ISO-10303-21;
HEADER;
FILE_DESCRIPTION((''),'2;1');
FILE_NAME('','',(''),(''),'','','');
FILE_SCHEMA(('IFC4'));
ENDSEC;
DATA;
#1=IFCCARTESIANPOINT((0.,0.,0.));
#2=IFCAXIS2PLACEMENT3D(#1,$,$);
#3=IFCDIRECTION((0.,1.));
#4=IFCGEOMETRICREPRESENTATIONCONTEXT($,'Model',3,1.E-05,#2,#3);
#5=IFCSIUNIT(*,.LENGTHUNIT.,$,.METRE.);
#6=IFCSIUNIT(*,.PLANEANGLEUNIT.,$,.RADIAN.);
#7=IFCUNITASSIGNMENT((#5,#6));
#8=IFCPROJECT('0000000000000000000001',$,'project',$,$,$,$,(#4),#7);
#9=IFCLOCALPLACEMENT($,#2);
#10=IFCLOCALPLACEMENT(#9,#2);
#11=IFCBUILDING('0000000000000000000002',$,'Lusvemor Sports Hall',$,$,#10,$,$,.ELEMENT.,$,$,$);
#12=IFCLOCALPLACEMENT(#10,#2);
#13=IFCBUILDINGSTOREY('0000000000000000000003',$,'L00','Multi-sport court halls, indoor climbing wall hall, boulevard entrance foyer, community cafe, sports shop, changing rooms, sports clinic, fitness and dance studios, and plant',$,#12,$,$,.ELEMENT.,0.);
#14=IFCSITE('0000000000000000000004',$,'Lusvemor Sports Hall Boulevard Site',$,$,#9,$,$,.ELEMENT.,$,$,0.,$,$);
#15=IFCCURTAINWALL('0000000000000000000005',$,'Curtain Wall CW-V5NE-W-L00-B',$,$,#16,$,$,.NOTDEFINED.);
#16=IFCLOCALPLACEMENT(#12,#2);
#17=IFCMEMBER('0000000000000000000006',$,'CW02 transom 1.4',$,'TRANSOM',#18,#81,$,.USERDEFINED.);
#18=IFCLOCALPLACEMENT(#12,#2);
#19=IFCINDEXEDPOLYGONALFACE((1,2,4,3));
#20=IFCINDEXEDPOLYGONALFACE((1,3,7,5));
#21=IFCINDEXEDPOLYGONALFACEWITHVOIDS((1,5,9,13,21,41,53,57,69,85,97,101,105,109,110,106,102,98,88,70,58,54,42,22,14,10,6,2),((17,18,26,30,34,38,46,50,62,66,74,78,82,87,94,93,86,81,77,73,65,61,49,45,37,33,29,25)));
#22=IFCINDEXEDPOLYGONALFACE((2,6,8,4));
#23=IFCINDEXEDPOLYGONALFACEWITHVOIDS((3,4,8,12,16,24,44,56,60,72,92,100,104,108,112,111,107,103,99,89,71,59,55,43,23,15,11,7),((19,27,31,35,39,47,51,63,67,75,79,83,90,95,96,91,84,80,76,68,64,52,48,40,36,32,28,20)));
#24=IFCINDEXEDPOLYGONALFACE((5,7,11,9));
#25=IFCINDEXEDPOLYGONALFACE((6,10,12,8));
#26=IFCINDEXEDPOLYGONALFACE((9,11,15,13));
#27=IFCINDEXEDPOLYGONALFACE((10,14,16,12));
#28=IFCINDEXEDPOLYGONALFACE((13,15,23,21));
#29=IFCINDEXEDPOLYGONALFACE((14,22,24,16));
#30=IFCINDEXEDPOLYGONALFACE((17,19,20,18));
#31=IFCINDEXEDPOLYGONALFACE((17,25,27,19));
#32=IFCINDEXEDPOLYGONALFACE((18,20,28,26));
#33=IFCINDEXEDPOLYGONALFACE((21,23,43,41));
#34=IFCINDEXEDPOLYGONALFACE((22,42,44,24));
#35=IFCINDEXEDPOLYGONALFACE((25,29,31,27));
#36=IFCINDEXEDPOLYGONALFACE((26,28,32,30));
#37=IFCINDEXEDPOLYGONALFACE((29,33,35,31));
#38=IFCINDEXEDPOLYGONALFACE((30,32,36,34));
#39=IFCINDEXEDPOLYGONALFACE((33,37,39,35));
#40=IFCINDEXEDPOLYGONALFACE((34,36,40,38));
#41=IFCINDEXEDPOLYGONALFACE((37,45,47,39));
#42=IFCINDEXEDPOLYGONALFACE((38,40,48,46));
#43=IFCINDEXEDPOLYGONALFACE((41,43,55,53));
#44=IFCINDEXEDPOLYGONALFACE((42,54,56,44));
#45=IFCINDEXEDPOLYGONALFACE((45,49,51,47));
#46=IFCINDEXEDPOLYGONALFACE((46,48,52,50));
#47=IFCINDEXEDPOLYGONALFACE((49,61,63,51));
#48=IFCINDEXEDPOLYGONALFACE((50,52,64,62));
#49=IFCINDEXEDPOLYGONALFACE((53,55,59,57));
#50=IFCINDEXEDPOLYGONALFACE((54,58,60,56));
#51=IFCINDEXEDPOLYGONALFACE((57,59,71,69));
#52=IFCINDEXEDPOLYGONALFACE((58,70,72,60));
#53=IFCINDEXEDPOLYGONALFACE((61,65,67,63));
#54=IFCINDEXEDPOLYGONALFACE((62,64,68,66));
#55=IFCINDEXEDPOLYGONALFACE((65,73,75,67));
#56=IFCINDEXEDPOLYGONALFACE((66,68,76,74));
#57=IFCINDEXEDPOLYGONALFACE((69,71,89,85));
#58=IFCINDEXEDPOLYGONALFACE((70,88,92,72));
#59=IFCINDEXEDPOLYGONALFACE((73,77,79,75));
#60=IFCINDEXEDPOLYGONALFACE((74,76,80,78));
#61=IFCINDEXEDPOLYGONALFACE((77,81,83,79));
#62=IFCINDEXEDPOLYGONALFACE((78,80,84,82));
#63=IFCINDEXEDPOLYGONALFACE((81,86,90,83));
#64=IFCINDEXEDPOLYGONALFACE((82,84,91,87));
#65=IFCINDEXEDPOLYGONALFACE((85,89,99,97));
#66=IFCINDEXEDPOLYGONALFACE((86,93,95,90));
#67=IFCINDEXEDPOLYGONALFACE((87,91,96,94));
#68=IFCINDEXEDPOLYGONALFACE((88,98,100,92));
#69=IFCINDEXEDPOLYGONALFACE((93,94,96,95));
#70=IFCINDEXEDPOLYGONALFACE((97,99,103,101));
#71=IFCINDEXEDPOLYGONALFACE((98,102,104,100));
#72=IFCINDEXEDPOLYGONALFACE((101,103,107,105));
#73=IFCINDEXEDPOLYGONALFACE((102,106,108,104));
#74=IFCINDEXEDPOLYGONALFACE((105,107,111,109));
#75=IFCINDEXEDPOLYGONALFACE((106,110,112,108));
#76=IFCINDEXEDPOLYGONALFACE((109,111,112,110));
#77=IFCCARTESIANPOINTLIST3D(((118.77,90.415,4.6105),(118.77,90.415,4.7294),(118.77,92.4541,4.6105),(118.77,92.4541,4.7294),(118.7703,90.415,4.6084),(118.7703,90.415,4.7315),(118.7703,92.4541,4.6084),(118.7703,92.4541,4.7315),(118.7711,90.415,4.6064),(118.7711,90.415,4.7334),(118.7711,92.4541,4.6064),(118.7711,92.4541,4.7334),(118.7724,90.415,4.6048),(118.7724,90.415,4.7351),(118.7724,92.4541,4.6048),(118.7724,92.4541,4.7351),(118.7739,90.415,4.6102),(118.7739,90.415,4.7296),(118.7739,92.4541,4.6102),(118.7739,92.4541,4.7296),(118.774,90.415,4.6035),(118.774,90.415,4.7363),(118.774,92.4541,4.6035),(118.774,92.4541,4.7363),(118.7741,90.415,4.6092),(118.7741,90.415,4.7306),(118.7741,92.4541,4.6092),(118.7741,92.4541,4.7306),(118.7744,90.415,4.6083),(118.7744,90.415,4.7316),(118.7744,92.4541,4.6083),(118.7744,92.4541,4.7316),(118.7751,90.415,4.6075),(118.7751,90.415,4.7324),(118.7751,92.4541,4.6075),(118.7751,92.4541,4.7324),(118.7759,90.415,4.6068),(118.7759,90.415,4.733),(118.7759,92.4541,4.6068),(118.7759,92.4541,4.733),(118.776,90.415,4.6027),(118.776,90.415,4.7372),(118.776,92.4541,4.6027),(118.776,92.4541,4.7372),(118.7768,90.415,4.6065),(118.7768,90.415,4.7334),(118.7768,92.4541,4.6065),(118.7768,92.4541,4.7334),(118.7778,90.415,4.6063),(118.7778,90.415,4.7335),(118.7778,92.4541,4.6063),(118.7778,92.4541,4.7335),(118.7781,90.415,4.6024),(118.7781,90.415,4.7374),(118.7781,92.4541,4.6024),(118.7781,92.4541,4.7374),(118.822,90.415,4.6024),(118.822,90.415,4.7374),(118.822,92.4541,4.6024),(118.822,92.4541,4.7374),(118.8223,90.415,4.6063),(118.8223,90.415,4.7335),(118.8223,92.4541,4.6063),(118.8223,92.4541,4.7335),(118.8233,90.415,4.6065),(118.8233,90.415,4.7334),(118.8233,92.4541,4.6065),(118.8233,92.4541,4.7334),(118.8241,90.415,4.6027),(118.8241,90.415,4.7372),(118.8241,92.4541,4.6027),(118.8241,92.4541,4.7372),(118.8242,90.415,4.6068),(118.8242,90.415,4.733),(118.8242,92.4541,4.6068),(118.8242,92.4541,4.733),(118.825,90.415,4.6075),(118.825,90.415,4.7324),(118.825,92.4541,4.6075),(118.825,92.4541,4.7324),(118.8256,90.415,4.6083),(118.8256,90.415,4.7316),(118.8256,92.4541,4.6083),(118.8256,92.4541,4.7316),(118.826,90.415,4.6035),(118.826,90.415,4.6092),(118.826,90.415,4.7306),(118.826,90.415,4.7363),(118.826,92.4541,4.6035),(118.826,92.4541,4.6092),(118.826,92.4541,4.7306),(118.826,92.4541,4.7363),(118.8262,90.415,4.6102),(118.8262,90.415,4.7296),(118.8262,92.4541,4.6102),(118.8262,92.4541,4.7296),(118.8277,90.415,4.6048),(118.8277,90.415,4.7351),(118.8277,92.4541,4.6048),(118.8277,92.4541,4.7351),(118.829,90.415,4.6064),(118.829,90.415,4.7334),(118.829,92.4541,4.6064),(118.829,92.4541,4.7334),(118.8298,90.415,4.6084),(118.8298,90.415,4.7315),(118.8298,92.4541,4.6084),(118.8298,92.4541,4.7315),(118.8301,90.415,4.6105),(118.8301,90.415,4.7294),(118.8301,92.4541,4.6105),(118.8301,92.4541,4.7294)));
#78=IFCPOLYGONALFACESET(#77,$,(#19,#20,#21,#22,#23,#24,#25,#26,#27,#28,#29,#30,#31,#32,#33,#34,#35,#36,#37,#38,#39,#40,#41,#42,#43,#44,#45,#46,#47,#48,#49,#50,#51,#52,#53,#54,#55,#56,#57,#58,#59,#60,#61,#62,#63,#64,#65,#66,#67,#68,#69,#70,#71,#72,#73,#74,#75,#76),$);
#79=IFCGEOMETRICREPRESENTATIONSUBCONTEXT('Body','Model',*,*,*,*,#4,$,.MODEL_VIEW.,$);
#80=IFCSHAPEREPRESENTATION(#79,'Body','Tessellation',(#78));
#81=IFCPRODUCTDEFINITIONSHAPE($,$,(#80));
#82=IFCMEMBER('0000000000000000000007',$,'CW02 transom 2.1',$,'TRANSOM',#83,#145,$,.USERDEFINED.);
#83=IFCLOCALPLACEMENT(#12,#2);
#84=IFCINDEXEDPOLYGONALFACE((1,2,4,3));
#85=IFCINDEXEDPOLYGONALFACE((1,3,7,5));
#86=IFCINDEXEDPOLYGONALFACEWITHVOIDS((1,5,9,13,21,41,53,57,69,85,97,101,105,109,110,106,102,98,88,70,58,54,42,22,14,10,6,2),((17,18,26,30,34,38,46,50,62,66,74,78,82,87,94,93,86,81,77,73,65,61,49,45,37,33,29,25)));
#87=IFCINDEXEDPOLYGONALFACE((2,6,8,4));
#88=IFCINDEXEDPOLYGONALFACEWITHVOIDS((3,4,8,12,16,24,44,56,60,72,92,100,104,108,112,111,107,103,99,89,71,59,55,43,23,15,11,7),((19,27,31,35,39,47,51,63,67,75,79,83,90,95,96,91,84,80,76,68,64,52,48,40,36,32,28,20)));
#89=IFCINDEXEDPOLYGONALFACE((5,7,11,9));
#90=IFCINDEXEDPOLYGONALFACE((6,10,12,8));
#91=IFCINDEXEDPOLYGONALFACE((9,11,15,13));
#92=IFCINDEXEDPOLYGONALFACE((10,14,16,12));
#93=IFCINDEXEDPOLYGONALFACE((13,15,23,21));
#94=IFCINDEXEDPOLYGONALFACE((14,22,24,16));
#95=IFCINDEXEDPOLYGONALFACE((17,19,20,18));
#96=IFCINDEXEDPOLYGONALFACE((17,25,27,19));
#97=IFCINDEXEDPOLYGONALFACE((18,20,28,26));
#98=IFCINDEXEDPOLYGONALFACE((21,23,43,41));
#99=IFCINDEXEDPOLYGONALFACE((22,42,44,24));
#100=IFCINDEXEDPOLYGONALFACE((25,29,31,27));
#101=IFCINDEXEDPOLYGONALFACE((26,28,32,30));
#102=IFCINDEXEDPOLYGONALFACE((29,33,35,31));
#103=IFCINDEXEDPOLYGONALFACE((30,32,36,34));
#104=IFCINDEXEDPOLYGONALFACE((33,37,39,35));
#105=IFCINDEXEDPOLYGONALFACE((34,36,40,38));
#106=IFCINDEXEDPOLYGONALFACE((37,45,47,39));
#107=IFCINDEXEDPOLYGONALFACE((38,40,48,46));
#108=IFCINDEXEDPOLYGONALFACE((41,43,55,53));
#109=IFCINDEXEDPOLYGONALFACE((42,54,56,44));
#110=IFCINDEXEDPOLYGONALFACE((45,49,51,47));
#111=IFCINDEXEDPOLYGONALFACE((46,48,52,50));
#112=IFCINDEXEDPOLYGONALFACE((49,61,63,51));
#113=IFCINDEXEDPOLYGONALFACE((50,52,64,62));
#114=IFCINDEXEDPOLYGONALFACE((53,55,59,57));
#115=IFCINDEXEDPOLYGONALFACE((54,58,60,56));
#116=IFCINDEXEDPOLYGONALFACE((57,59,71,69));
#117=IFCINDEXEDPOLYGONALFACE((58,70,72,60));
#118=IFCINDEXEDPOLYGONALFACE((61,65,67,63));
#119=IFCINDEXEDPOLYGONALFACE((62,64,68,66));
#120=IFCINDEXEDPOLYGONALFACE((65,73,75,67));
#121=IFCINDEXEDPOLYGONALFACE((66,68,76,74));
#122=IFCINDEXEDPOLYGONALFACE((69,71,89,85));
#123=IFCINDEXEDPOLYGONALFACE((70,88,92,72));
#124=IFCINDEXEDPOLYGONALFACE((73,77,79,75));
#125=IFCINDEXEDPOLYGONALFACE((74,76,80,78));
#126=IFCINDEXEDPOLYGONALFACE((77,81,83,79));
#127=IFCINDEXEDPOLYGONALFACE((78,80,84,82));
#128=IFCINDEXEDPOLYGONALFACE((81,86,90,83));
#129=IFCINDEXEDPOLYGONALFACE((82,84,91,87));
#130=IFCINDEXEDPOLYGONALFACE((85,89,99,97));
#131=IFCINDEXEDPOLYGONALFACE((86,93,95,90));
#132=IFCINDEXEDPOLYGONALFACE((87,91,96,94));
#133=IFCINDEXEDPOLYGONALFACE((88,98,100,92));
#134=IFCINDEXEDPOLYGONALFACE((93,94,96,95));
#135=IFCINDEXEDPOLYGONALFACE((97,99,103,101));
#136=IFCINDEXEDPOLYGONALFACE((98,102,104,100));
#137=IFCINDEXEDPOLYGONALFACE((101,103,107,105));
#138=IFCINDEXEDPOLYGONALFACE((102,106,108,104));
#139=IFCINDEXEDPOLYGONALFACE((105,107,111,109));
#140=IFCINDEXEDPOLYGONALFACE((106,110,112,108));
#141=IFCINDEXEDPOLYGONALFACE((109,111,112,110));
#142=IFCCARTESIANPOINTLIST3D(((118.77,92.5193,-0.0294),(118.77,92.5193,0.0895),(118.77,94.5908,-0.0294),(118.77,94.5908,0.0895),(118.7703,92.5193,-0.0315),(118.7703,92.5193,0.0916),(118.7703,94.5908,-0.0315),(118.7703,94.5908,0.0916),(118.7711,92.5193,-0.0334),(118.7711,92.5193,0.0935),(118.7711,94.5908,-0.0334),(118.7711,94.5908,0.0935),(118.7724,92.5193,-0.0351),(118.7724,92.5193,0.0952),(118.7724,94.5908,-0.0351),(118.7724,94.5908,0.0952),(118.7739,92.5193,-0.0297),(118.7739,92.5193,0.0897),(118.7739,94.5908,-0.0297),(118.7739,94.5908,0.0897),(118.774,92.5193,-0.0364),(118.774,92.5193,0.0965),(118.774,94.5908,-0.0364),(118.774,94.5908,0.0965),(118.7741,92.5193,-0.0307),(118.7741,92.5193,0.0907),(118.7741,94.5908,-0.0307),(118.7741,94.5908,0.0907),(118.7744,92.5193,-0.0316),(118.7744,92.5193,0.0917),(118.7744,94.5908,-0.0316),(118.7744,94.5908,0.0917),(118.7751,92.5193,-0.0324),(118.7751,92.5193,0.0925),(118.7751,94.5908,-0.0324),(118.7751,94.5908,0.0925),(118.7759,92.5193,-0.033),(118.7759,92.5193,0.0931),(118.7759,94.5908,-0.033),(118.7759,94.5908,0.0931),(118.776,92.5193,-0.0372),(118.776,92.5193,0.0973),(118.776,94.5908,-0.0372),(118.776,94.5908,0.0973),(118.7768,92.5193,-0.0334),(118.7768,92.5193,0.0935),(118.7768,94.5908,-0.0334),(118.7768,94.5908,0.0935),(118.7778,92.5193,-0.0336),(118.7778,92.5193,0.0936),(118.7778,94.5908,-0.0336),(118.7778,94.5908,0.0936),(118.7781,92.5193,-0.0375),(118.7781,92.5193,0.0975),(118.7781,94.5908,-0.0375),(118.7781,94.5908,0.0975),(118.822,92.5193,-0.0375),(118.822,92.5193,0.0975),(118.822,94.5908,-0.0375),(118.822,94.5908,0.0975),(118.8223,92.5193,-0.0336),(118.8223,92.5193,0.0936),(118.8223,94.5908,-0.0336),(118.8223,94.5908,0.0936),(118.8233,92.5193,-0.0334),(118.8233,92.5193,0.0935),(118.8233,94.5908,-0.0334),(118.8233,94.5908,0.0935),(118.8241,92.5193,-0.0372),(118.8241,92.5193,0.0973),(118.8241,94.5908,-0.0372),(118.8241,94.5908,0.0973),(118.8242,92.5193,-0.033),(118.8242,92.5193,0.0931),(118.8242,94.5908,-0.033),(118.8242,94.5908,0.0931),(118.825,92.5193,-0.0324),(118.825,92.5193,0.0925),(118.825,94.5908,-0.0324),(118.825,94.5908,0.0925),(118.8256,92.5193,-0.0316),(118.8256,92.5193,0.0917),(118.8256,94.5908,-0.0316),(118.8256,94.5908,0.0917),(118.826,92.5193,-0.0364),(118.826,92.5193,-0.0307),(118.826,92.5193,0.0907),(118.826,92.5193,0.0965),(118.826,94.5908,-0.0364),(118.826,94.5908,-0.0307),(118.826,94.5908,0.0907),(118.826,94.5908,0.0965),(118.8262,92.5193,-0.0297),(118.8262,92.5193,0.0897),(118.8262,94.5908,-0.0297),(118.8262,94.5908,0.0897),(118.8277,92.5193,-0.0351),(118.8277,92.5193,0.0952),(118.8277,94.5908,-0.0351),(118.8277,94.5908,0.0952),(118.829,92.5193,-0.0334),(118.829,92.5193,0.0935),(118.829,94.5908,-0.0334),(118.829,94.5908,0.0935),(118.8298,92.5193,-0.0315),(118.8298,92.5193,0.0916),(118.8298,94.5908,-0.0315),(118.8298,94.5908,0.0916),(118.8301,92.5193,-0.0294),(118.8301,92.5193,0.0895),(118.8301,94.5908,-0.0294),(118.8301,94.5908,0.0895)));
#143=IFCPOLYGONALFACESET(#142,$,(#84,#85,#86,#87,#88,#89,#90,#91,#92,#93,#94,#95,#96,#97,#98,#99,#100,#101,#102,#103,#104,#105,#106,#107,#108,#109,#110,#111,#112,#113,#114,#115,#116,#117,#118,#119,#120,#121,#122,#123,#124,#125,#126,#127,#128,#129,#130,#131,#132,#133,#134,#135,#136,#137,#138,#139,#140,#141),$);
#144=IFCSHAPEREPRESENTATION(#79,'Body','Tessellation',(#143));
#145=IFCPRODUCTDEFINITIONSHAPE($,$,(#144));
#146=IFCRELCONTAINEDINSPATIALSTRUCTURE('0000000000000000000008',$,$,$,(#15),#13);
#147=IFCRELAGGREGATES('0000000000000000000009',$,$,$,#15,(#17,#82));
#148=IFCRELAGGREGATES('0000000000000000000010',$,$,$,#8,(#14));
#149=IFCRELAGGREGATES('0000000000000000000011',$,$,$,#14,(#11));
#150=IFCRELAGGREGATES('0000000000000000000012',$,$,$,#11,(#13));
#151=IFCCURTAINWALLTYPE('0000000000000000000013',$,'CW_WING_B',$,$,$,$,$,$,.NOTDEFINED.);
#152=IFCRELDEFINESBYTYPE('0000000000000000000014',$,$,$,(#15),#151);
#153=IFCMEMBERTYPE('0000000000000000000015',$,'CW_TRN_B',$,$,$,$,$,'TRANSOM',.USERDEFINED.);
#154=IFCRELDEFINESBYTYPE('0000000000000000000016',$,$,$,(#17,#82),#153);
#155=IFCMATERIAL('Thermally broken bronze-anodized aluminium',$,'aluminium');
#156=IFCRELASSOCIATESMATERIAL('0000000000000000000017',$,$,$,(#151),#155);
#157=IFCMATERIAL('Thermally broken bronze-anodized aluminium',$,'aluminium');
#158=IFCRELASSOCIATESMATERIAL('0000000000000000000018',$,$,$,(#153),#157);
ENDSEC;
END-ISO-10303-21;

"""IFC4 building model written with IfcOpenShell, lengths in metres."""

from ifc_helpers import new_model, si_unit, direction, frame, origin, origin_2d, place, context, subcontext, project, spatial, hollow_rectangle, extrude, material, material_profile, profile_set, type_object, element, aggregate, save


model = new_model("IFC4")

# Units and contexts
model_context = context("Model", 3, precision=1e-05, world=origin(), true_north=direction((0.0, 1.0)))
body_context = subcontext(model_context, "Body", "Model", "MODEL_VIEW")
ifc_project = project(units=[si_unit("LENGTHUNIT", "METRE"), si_unit("PLANEANGLEUNIT", "RADIAN")], contexts=[model_context])

# Site, building, storey
site_placement = place(None, origin())
site = spatial("IfcSite", under=ifc_project, at=site_placement, Name="Lusvemor Sports Hall Boulevard Site", CompositionType="ELEMENT", RefElevation=0.0)
building_placement = place(site_placement, origin())
building = spatial("IfcBuilding", under=site, at=building_placement, Name="Lusvemor Sports Hall", CompositionType="ELEMENT")
storey_placement = place(building_placement, origin())
storey = spatial("IfcBuildingStorey", under=building, at=storey_placement, Name="L00", Description="Multi-sport court halls, indoor climbing wall hall, boulevard entrance foyer, community cafe, sports shop, changing rooms, sports clinic, fitness and dance studios, and plant", CompositionType="ELEMENT", Elevation=0.0)

# Curtain wall, members
ifc_material_1 = material(Name="Thermally broken bronze-anodized aluminium", Category="aluminium")
curtain_wall_type = type_object("IfcCurtainWallType", Name="CW_WING_B", PredefinedType="NOTDEFINED", material=ifc_material_1)
curtain_wall_placement = place(storey_placement, origin())
curtain_wall = element("IfcCurtainWall", 1, at=curtain_wall_placement, inside=storey, type_object=curtain_wall_type, Name="Curtain Wall CW-V5NE-W-L00-B", PredefinedType="NOTDEFINED")
ifc_material_2 = material(Name="Thermally broken bronze-anodized aluminium", Category="aluminium")
ifc_material_profile_1 = material_profile(ifc_material_2, hollow_rectangle(XDim=0.0601, YDim=0.135, WallThickness=0.0039, InnerFilletRadius=0.0039, OuterFilletRadius=0.0081, at=origin_2d()), Name="CWTRN135x60x4")
ifc_profile_set_1 = profile_set([ifc_material_profile_1], Name="Thermally broken bronze-anodized aluminium")
member_type_1 = type_object("IfcMemberType", Name="CW_TRN_B", ElementType="TRANSOM", PredefinedType="USERDEFINED", material=ifc_profile_set_1)
member_1_placement = place(storey_placement, frame((118.8, 90.415, 4.6699), z_axis=(0.0, 1.0, 0.0), x_axis=(-1.0, 0.0, 0.0)))
member_1 = element("IfcMember", 2, at=member_1_placement, type_object=member_type_1, Name="CW02 transom 1.4", ObjectType="TRANSOM", PredefinedType="USERDEFINED", context=body_context, shape_type="SweptSolid", body=[
    extrude(hollow_rectangle(XDim=0.0601, YDim=0.135, WallThickness=0.0039, InnerFilletRadius=0.0039, OuterFilletRadius=0.0081, at=origin_2d()), origin(), (0.0, 0.0, 1.0), 2.0391),
])
member_2_placement = place(storey_placement, frame((118.8, 92.5193, 0.03), z_axis=(0.0, 1.0, 0.0), x_axis=(-1.0, 0.0, 0.0)))
member_2 = element("IfcMember", 3, at=member_2_placement, type_object=member_type_1, Name="CW02 transom 2.1", ObjectType="TRANSOM", PredefinedType="USERDEFINED", context=body_context, shape_type="SweptSolid", body=[
    extrude(hollow_rectangle(XDim=0.0601, YDim=0.135, WallThickness=0.0039, InnerFilletRadius=0.0039, OuterFilletRadius=0.0081, at=origin_2d()), origin(), (0.0, 0.0, 1.0), 2.0715),
])
aggregate(curtain_wall, [member_1, member_2])

save(model, "model.ifc")
